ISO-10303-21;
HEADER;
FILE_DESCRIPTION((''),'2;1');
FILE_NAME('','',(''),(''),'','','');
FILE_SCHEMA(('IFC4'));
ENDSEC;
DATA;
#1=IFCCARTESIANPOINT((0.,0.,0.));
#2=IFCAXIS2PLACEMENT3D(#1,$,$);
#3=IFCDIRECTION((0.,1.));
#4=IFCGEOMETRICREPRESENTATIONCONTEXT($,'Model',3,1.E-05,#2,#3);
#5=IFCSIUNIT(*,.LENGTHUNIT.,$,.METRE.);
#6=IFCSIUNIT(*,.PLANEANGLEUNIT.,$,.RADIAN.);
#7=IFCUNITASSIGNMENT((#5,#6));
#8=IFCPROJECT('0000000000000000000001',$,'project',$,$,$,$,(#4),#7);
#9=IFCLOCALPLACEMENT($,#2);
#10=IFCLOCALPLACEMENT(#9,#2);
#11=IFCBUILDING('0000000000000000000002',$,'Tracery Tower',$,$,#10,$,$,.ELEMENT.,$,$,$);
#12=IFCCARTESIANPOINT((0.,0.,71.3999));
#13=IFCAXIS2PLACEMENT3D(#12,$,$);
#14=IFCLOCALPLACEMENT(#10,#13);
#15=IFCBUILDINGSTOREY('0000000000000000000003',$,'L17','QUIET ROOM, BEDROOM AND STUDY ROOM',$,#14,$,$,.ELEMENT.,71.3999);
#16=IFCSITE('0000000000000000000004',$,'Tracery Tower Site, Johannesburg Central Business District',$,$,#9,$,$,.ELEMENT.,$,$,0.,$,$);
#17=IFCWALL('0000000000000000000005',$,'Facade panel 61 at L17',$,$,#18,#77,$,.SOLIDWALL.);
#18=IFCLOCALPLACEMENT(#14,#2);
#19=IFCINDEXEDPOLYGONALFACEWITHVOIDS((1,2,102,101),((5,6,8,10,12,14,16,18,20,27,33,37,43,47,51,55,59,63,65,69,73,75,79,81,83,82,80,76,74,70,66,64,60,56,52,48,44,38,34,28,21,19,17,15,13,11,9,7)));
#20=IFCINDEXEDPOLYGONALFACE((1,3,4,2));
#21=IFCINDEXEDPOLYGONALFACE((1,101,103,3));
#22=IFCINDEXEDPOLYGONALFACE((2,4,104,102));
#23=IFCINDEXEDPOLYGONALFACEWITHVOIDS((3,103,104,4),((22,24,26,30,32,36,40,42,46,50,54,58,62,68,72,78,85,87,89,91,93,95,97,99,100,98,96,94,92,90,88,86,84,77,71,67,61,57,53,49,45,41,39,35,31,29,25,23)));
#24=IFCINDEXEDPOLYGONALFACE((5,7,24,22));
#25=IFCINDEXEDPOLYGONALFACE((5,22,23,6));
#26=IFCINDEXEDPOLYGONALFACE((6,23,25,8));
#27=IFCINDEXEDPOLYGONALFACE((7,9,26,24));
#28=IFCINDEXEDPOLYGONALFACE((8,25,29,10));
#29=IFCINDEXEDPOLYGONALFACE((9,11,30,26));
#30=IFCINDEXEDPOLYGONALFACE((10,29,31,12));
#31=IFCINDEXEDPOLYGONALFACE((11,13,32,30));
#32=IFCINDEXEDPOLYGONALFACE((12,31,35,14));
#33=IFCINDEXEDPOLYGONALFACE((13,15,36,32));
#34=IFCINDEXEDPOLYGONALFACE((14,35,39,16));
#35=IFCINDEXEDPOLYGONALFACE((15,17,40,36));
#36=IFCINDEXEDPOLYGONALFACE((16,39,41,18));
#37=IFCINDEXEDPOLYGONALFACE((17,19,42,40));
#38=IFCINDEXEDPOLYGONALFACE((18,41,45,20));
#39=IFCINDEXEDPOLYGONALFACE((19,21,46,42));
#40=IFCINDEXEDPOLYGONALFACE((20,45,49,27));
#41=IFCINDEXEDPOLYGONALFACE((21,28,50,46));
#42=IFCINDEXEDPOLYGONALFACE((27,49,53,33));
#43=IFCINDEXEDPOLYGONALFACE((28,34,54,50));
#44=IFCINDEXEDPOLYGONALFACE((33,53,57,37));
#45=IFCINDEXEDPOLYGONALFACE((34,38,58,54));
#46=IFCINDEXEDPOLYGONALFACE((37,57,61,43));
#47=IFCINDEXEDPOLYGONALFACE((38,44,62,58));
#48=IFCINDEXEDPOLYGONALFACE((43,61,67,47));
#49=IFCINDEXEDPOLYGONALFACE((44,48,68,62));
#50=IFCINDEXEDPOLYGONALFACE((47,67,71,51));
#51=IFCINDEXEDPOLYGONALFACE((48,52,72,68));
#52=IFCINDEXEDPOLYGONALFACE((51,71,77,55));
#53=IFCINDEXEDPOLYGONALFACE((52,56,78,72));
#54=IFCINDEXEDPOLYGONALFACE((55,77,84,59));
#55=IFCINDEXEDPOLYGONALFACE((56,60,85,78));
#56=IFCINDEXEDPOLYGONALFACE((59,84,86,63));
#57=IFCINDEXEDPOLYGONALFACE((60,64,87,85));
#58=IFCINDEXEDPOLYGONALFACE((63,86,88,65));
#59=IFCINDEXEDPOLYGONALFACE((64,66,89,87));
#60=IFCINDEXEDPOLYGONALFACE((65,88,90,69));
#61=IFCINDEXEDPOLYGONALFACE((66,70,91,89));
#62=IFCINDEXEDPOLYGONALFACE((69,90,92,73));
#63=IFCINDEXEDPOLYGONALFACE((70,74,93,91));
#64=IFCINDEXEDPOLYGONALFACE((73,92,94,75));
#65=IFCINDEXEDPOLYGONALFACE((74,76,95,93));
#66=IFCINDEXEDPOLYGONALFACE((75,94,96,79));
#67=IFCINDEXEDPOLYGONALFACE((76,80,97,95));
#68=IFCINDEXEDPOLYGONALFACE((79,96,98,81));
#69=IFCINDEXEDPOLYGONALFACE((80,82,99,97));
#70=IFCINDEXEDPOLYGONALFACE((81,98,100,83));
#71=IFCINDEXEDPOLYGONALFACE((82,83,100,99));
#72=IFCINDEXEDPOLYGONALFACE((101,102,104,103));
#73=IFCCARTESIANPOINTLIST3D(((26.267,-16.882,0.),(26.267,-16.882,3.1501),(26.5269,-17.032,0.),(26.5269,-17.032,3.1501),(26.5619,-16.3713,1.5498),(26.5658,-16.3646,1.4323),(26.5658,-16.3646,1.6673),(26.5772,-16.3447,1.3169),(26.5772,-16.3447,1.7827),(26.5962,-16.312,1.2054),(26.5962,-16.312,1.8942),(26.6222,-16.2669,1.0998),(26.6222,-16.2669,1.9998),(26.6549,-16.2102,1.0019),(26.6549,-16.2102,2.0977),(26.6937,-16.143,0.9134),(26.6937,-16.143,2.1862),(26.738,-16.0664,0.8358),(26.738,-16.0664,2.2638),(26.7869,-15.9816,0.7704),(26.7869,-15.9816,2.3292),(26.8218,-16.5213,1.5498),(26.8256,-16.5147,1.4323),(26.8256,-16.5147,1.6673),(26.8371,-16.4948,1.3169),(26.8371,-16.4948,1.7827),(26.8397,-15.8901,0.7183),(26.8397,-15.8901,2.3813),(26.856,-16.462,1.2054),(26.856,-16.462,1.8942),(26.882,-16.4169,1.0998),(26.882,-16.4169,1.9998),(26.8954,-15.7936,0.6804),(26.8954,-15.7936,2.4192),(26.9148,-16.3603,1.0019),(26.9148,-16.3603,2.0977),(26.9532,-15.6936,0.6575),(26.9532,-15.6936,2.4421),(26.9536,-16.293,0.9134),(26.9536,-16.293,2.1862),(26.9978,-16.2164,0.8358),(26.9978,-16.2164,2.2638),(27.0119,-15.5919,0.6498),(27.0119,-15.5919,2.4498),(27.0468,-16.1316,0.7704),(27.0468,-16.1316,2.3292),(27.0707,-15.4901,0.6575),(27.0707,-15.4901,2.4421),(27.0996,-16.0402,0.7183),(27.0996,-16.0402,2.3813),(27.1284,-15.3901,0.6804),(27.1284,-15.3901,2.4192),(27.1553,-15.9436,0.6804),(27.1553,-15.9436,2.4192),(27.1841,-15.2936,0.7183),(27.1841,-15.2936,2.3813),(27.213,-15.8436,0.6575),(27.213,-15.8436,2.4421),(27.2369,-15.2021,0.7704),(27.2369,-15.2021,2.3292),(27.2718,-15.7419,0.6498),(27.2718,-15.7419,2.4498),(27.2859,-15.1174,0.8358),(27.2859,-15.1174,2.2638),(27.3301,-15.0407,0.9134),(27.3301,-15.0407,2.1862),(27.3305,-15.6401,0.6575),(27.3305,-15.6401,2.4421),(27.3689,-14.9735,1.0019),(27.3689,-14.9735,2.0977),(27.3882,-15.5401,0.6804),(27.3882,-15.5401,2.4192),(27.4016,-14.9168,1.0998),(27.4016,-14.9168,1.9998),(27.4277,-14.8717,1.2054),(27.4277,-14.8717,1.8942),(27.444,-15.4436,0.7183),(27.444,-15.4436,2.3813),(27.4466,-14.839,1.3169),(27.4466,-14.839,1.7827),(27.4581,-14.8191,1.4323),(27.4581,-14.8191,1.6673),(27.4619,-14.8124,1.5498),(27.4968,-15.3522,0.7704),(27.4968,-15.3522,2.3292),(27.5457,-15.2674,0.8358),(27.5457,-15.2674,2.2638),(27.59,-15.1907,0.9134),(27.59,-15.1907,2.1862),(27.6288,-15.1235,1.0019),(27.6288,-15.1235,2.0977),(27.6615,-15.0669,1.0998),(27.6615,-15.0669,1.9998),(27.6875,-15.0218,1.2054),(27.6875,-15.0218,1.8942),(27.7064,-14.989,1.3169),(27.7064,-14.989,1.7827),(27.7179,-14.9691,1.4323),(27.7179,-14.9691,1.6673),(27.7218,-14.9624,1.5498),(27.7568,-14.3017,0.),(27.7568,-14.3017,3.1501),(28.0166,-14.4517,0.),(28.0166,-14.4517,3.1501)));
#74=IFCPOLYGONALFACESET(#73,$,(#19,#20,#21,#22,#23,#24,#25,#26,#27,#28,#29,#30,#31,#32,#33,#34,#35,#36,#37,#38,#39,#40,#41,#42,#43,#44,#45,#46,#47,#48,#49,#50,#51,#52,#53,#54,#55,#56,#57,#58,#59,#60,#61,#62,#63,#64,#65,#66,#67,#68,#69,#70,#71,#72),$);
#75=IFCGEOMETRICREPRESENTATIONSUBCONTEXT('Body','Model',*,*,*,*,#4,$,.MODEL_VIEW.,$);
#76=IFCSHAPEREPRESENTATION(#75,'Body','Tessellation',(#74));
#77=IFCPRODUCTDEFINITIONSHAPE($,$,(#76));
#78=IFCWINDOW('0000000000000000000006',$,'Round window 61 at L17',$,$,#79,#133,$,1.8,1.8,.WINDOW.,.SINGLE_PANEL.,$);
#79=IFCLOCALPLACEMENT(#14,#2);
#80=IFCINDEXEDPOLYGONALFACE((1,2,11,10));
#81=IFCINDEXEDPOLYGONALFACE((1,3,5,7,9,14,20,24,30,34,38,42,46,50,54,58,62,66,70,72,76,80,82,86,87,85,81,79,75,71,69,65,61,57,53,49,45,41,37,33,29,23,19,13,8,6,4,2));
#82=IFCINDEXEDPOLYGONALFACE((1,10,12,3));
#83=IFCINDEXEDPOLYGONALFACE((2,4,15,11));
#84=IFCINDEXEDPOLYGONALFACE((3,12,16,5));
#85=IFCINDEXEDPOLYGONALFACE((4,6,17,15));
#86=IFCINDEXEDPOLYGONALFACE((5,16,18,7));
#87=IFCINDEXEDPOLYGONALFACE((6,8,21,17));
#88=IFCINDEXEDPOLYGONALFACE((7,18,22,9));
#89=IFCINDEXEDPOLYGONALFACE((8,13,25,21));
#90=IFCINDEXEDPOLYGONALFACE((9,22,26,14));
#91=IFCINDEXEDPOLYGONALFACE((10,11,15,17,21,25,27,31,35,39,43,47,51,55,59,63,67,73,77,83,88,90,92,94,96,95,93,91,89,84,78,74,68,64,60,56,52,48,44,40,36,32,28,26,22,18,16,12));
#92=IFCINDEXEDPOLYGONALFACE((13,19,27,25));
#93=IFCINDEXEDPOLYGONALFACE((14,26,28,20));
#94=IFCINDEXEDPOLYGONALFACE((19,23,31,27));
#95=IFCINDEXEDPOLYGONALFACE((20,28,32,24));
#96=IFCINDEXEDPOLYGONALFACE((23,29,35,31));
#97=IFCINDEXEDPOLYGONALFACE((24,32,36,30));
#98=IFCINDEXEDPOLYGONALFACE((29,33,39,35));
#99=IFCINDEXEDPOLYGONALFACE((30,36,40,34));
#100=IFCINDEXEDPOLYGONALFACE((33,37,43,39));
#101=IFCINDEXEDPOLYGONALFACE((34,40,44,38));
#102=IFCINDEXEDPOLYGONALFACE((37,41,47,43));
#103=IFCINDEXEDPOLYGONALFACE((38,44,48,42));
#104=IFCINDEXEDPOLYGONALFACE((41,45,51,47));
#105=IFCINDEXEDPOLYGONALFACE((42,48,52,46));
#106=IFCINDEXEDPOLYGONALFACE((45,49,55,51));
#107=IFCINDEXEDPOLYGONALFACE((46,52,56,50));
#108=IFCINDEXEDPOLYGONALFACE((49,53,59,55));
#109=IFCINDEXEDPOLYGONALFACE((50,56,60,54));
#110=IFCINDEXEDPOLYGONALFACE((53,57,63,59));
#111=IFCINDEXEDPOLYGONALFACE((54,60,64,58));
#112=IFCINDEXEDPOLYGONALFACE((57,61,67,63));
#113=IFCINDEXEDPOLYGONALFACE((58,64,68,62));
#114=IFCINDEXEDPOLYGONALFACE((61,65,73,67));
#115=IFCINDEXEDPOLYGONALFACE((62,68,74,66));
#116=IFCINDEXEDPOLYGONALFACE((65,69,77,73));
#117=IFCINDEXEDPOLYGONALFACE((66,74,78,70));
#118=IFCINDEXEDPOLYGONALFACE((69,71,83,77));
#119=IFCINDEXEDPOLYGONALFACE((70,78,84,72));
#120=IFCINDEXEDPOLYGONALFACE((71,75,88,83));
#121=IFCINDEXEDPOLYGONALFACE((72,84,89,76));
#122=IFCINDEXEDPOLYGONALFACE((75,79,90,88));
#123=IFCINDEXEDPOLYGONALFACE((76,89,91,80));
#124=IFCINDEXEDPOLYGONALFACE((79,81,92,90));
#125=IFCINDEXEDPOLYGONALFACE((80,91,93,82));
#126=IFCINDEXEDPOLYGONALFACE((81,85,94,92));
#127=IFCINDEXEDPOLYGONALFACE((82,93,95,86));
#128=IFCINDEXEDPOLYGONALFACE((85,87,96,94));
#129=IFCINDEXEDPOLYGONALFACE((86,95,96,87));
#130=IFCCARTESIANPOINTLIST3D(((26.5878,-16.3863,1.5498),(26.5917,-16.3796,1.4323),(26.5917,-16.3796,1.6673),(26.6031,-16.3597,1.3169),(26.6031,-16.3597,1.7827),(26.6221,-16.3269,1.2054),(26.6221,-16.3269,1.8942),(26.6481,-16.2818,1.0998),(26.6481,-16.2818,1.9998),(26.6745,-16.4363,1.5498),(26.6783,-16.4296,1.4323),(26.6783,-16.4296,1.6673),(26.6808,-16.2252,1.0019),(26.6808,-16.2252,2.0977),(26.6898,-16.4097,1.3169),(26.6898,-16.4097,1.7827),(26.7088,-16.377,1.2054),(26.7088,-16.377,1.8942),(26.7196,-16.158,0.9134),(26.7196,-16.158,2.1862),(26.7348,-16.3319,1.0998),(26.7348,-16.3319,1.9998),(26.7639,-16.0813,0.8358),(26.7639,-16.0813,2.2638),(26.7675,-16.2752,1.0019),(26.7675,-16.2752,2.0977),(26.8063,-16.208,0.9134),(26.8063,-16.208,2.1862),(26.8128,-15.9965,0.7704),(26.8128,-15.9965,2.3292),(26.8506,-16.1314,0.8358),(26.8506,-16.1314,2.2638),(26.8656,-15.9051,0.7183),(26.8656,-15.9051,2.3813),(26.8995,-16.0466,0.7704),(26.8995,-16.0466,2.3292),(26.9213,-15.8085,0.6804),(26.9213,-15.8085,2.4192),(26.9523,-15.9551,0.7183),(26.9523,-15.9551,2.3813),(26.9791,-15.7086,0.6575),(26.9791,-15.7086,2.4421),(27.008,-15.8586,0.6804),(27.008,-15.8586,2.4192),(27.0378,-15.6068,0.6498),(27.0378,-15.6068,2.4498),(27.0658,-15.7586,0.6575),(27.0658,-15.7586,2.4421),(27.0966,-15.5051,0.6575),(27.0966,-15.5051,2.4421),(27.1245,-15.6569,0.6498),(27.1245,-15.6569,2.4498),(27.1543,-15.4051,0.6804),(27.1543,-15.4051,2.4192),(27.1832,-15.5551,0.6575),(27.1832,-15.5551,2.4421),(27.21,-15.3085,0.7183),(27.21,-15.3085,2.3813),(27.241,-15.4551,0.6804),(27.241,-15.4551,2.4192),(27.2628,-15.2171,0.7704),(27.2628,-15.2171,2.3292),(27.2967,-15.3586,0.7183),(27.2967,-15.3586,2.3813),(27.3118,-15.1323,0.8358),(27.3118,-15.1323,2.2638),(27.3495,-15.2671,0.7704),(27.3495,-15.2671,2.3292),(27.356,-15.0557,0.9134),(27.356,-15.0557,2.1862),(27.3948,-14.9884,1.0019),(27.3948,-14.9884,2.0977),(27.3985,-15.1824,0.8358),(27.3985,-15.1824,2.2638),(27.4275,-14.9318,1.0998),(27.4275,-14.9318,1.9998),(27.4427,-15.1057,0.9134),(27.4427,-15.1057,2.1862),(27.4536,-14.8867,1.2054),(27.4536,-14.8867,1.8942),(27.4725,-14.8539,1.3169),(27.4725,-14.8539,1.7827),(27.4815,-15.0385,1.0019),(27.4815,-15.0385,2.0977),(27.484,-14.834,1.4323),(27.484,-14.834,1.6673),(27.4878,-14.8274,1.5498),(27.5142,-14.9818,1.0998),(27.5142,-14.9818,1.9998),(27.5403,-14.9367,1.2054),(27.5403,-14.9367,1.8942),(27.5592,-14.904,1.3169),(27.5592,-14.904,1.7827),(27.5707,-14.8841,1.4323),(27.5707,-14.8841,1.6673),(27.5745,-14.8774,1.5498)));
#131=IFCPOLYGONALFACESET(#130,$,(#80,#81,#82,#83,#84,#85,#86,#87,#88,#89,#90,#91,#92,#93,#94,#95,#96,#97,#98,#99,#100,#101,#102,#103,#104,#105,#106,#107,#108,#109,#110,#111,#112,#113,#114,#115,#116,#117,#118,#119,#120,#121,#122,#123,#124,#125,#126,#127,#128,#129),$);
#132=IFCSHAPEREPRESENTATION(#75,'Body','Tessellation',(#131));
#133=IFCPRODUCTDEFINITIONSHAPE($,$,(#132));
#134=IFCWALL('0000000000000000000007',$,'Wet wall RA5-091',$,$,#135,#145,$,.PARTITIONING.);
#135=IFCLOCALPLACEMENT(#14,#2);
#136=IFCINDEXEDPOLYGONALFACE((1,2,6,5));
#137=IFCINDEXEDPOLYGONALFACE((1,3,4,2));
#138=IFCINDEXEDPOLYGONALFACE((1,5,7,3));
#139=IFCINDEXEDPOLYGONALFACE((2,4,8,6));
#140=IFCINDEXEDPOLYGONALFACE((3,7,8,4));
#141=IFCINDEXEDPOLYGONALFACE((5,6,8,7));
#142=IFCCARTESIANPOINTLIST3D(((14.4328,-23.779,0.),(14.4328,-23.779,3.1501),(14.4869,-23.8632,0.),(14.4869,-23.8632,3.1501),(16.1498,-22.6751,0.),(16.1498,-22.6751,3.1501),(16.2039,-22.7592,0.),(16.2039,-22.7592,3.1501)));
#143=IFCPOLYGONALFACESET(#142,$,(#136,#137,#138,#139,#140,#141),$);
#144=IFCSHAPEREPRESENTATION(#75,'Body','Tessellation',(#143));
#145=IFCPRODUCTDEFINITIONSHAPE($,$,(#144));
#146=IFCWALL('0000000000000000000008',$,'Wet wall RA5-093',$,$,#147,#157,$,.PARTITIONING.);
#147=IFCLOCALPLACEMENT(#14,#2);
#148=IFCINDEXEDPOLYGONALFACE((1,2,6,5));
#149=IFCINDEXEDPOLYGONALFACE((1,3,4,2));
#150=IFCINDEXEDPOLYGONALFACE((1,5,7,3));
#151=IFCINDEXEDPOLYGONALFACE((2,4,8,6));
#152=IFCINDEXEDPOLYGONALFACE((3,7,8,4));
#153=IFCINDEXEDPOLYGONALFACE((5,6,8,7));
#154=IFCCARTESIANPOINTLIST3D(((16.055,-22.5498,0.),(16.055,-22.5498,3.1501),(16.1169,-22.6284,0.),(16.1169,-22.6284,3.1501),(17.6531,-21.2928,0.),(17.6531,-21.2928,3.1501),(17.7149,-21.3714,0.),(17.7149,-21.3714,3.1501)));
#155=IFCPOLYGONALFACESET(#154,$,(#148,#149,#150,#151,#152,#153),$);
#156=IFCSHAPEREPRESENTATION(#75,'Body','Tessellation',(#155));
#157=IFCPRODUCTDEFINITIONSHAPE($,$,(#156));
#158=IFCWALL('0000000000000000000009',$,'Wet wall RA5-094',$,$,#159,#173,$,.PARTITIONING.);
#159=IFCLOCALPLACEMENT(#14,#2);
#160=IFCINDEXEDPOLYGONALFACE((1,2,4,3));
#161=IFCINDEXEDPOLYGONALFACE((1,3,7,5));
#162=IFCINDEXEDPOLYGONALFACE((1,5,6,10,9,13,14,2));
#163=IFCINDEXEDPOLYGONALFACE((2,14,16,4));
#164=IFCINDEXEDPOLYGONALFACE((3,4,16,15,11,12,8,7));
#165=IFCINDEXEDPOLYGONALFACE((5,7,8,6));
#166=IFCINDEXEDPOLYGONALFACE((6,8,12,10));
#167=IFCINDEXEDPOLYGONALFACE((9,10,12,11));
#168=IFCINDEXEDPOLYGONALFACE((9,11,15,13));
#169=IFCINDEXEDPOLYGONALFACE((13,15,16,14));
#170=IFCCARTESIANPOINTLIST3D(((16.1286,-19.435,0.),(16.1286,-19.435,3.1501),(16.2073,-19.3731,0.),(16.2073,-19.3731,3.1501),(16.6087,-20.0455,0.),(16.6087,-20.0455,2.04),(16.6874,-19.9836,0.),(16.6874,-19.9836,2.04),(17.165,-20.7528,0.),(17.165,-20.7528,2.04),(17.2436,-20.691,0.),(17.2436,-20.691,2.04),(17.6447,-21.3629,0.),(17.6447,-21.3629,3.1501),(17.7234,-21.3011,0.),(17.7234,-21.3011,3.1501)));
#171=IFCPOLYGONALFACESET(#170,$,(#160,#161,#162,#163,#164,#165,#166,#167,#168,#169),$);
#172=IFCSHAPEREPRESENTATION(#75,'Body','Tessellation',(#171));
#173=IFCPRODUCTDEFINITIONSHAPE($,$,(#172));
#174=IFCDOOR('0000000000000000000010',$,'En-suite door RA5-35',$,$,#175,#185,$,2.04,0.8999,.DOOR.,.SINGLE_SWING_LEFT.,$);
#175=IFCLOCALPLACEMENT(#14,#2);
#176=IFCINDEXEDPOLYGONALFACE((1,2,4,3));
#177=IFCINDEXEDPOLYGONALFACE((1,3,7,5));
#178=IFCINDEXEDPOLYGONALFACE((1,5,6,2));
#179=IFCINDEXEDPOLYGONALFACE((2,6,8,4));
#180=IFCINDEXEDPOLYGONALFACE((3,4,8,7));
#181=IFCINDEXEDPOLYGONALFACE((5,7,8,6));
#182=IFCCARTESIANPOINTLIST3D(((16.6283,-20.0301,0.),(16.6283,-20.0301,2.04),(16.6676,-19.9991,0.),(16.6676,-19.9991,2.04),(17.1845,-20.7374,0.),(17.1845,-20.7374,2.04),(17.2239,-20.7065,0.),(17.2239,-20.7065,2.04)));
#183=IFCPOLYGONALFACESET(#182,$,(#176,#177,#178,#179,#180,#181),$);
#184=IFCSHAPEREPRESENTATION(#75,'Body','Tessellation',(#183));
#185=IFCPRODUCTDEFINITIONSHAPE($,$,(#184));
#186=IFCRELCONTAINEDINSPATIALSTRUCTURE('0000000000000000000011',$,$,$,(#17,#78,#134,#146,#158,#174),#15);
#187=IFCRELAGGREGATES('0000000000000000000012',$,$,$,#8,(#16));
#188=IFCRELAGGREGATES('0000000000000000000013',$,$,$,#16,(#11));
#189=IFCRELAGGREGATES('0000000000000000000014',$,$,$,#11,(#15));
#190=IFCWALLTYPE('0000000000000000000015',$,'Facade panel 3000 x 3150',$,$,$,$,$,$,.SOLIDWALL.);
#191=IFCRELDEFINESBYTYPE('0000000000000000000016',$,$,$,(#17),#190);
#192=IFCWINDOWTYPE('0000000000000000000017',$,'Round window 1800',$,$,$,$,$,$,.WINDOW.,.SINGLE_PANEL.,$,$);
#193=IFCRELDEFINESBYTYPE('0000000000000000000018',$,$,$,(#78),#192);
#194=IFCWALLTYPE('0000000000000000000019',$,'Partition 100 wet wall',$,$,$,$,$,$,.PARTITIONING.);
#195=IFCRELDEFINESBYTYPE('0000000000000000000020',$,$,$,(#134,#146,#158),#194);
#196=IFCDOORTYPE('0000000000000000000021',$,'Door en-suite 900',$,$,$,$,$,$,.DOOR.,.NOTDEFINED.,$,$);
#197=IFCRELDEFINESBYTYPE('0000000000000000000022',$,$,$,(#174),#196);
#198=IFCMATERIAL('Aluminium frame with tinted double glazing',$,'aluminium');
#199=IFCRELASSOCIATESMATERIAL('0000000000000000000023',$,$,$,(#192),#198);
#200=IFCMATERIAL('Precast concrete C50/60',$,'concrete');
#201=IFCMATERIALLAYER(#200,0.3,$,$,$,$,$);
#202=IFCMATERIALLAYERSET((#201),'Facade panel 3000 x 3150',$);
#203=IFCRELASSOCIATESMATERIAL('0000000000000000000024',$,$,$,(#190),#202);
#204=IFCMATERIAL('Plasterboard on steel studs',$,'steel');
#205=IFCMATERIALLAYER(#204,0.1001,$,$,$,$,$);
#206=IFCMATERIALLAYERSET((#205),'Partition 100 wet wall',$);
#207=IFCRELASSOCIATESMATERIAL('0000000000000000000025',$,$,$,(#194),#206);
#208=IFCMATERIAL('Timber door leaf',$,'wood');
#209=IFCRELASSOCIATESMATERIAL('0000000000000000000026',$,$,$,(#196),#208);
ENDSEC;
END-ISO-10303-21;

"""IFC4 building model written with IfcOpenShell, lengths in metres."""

from ifc_helpers import new_model, si_unit, direction, frame, frame_2d, origin, origin_2d, place, context, subcontext, project, spatial, rectangle, circle, extrude, material, layer, layer_set, type_object, element, fill, save


model = new_model("IFC4")

# Units and contexts
model_context = context("Model", 3, precision=1e-05, world=origin(), true_north=direction((0.0, 1.0)))
body_context = subcontext(model_context, "Body", "Model", "MODEL_VIEW")
ifc_project = project(units=[si_unit("LENGTHUNIT", "METRE"), si_unit("PLANEANGLEUNIT", "RADIAN")], contexts=[model_context])

# Site, building, storey
site_placement = place(None, origin())
site = spatial("IfcSite", under=ifc_project, at=site_placement, Name="Tracery Tower Site, Johannesburg Central Business District", CompositionType="ELEMENT", RefElevation=0.0)
building_placement = place(site_placement, origin())
building = spatial("IfcBuilding", under=site, at=building_placement, Name="Tracery Tower", CompositionType="ELEMENT")
storey_placement = place(building_placement, frame((0.0, 0.0, 71.3999)))
storey = spatial("IfcBuildingStorey", under=building, at=storey_placement, Name="L17", Description="QUIET ROOM, BEDROOM AND STUDY ROOM", CompositionType="ELEMENT", Elevation=71.3999)

# Wall, opening, window
ifc_material_1 = material(Name="Aluminium frame with tinted double glazing", Category="aluminium")
window_type = type_object("IfcWindowType", Name="Round window 1800", PartitioningType="SINGLE_PANEL", PredefinedType="WINDOW", material=ifc_material_1)
ifc_material_2 = material(Name="Precast concrete C50/60", Category="concrete")
ifc_layer_1 = layer(ifc_material_2, 0.3)
ifc_layer_set_1 = layer_set([ifc_layer_1], Name="Facade panel 3000 x 3150")
wall_type_1 = type_object("IfcWallType", Name="Facade panel 3000 x 3150", PredefinedType="SOLIDWALL", material=ifc_layer_set_1)
wall_1_placement = place(storey_placement, frame((26.397, -16.957, 0.0), z_axis=(0.0, 0.0, 1.0), x_axis=(0.499999, 0.866026, 0.0)))
wall_1 = element("IfcWall", 1, at=wall_1_placement, inside=storey, type_object=wall_type_1, Name="Facade panel 61 at L17", PredefinedType="SOLIDWALL", context=body_context, shape_type="SweptSolid", body=[
    extrude(rectangle(XDim=2.9795, YDim=0.3, at=frame_2d((1.4897, 0.0))), origin(), (0.0, 0.0, 1.0), 3.1501),
])
opening_1_placement = place(wall_1_placement, frame((1.4897, 0.0, 1.5498)))
opening_1 = element("IfcOpeningElement", 2, at=opening_1_placement, cuts=wall_1, PredefinedType="OPENING", context=body_context, shape_type="SweptSolid", body=[
    extrude(circle(Radius=0.9, at=origin_2d()), frame((0.0, 0.1599, 0.0), z_axis=(0.0, -1.0, 0.0), x_axis=(1.0, 0.0, 0.0)), (0.0, 0.0, 1.0), 0.3201),
])
window_1_placement = place(opening_1_placement, origin())
window_1 = element("IfcWindow", 3, at=window_1_placement, inside=storey, type_object=window_type, Name="Round window 61 at L17", OverallHeight=1.8, OverallWidth=1.8, PartitioningType="SINGLE_PANEL", PredefinedType="WINDOW", context=body_context, shape_type="SweptSolid", body=[
    extrude(circle(Radius=0.9, at=origin_2d()), frame((0.0, 0.1201, 0.0), z_axis=(0.0, -1.0, 0.0), x_axis=(1.0, 0.0, 0.0)), (0.0, 0.0, 1.0), 0.1001),
])
fill(opening_1, window_1)

# Walls
ifc_material_3 = material(Name="Plasterboard on steel studs", Category="steel")
ifc_layer_2 = layer(ifc_material_3, 0.1001)
ifc_layer_set_2 = layer_set([ifc_layer_2], Name="Partition 100 wet wall")
wall_type_2 = type_object("IfcWallType", Name="Partition 100 wet wall", PredefinedType="PARTITIONING", material=ifc_layer_set_2)
wall_2_placement = place(storey_placement, frame((14.46, -23.821, 0.0), z_axis=(0.0, 0.0, 1.0), x_axis=(0.841136, 0.540824, 0.0)))
element("IfcWall", 4, at=wall_2_placement, inside=storey, type_object=wall_type_2, Name="Wet wall RA5-091", PredefinedType="PARTITIONING", context=body_context, shape_type="SweptSolid", body=[
    extrude(rectangle(XDim=2.0413, YDim=0.1001, at=frame_2d((1.0205, 0.0))), origin(), (0.0, 0.0, 1.0), 3.1501),
])
wall_3_placement = place(storey_placement, frame((16.0859, -22.5891, 0.0), z_axis=(0.0, 0.0, 1.0), x_axis=(0.785985, 0.618246, 0.0)))
element("IfcWall", 5, at=wall_3_placement, inside=storey, type_object=wall_type_2, Name="Wet wall RA5-093", PredefinedType="PARTITIONING", context=body_context, shape_type="SweptSolid", body=[
    extrude(rectangle(XDim=2.0332, YDim=0.1001, at=frame_2d((1.0166, 0.0))), origin(), (0.0, 0.0, 1.0), 3.1501),
])

# Wall, opening, door
wall_4_placement = place(storey_placement, frame((16.168, -19.4041, 0.0), z_axis=(0.0, 0.0, 1.0), x_axis=(0.618142, -0.786066, 0.0)))
wall_4 = element("IfcWall", 6, at=wall_4_placement, inside=storey, type_object=wall_type_2, Name="Wet wall RA5-094", PredefinedType="PARTITIONING", context=body_context, shape_type="SweptSolid", body=[
    extrude(rectangle(XDim=2.4526, YDim=0.1001, at=frame_2d((1.2263, 0.0))), origin(), (0.0, 0.0, 1.0), 3.1501),
])
opening_2_placement = place(wall_4_placement, frame((0.7766, 0.0, 0.0)))
opening_2 = element("IfcOpeningElement", 7, at=opening_2_placement, cuts=wall_4, PredefinedType="OPENING", context=body_context, shape_type="SweptSolid", body=[
    extrude(rectangle(XDim=0.8999, YDim=2.04, at=frame_2d((0.45, 1.02))), frame((0.0, 0.05, 0.0), z_axis=(0.0, -1.0, 0.0), x_axis=(1.0, 0.0, 0.0)), (0.0, 0.0, 1.0), 0.1001),
])
ifc_material_4 = material(Name="Timber door leaf", Category="wood")
door_type = type_object("IfcDoorType", Name="Door en-suite 900", OperationType="NOTDEFINED", PredefinedType="DOOR", material=ifc_material_4)
door_1_placement = place(opening_2_placement, origin())
door_1 = element("IfcDoor", 8, at=door_1_placement, inside=storey, type_object=door_type, Name="En-suite door RA5-35", OperationType="SINGLE_SWING_LEFT", OverallHeight=2.04, OverallWidth=0.8999, PredefinedType="DOOR", context=body_context, shape_type="SweptSolid", body=[
    extrude(rectangle(XDim=0.8999, YDim=2.04, at=frame_2d((0.45, 1.02))), frame((0.0, 0.0249, 0.0), z_axis=(0.0, -1.0, 0.0), x_axis=(1.0, 0.0, 0.0)), (0.0, 0.0, 1.0), 0.05),
])
fill(opening_2, door_1)

save(model, "model.ifc")
